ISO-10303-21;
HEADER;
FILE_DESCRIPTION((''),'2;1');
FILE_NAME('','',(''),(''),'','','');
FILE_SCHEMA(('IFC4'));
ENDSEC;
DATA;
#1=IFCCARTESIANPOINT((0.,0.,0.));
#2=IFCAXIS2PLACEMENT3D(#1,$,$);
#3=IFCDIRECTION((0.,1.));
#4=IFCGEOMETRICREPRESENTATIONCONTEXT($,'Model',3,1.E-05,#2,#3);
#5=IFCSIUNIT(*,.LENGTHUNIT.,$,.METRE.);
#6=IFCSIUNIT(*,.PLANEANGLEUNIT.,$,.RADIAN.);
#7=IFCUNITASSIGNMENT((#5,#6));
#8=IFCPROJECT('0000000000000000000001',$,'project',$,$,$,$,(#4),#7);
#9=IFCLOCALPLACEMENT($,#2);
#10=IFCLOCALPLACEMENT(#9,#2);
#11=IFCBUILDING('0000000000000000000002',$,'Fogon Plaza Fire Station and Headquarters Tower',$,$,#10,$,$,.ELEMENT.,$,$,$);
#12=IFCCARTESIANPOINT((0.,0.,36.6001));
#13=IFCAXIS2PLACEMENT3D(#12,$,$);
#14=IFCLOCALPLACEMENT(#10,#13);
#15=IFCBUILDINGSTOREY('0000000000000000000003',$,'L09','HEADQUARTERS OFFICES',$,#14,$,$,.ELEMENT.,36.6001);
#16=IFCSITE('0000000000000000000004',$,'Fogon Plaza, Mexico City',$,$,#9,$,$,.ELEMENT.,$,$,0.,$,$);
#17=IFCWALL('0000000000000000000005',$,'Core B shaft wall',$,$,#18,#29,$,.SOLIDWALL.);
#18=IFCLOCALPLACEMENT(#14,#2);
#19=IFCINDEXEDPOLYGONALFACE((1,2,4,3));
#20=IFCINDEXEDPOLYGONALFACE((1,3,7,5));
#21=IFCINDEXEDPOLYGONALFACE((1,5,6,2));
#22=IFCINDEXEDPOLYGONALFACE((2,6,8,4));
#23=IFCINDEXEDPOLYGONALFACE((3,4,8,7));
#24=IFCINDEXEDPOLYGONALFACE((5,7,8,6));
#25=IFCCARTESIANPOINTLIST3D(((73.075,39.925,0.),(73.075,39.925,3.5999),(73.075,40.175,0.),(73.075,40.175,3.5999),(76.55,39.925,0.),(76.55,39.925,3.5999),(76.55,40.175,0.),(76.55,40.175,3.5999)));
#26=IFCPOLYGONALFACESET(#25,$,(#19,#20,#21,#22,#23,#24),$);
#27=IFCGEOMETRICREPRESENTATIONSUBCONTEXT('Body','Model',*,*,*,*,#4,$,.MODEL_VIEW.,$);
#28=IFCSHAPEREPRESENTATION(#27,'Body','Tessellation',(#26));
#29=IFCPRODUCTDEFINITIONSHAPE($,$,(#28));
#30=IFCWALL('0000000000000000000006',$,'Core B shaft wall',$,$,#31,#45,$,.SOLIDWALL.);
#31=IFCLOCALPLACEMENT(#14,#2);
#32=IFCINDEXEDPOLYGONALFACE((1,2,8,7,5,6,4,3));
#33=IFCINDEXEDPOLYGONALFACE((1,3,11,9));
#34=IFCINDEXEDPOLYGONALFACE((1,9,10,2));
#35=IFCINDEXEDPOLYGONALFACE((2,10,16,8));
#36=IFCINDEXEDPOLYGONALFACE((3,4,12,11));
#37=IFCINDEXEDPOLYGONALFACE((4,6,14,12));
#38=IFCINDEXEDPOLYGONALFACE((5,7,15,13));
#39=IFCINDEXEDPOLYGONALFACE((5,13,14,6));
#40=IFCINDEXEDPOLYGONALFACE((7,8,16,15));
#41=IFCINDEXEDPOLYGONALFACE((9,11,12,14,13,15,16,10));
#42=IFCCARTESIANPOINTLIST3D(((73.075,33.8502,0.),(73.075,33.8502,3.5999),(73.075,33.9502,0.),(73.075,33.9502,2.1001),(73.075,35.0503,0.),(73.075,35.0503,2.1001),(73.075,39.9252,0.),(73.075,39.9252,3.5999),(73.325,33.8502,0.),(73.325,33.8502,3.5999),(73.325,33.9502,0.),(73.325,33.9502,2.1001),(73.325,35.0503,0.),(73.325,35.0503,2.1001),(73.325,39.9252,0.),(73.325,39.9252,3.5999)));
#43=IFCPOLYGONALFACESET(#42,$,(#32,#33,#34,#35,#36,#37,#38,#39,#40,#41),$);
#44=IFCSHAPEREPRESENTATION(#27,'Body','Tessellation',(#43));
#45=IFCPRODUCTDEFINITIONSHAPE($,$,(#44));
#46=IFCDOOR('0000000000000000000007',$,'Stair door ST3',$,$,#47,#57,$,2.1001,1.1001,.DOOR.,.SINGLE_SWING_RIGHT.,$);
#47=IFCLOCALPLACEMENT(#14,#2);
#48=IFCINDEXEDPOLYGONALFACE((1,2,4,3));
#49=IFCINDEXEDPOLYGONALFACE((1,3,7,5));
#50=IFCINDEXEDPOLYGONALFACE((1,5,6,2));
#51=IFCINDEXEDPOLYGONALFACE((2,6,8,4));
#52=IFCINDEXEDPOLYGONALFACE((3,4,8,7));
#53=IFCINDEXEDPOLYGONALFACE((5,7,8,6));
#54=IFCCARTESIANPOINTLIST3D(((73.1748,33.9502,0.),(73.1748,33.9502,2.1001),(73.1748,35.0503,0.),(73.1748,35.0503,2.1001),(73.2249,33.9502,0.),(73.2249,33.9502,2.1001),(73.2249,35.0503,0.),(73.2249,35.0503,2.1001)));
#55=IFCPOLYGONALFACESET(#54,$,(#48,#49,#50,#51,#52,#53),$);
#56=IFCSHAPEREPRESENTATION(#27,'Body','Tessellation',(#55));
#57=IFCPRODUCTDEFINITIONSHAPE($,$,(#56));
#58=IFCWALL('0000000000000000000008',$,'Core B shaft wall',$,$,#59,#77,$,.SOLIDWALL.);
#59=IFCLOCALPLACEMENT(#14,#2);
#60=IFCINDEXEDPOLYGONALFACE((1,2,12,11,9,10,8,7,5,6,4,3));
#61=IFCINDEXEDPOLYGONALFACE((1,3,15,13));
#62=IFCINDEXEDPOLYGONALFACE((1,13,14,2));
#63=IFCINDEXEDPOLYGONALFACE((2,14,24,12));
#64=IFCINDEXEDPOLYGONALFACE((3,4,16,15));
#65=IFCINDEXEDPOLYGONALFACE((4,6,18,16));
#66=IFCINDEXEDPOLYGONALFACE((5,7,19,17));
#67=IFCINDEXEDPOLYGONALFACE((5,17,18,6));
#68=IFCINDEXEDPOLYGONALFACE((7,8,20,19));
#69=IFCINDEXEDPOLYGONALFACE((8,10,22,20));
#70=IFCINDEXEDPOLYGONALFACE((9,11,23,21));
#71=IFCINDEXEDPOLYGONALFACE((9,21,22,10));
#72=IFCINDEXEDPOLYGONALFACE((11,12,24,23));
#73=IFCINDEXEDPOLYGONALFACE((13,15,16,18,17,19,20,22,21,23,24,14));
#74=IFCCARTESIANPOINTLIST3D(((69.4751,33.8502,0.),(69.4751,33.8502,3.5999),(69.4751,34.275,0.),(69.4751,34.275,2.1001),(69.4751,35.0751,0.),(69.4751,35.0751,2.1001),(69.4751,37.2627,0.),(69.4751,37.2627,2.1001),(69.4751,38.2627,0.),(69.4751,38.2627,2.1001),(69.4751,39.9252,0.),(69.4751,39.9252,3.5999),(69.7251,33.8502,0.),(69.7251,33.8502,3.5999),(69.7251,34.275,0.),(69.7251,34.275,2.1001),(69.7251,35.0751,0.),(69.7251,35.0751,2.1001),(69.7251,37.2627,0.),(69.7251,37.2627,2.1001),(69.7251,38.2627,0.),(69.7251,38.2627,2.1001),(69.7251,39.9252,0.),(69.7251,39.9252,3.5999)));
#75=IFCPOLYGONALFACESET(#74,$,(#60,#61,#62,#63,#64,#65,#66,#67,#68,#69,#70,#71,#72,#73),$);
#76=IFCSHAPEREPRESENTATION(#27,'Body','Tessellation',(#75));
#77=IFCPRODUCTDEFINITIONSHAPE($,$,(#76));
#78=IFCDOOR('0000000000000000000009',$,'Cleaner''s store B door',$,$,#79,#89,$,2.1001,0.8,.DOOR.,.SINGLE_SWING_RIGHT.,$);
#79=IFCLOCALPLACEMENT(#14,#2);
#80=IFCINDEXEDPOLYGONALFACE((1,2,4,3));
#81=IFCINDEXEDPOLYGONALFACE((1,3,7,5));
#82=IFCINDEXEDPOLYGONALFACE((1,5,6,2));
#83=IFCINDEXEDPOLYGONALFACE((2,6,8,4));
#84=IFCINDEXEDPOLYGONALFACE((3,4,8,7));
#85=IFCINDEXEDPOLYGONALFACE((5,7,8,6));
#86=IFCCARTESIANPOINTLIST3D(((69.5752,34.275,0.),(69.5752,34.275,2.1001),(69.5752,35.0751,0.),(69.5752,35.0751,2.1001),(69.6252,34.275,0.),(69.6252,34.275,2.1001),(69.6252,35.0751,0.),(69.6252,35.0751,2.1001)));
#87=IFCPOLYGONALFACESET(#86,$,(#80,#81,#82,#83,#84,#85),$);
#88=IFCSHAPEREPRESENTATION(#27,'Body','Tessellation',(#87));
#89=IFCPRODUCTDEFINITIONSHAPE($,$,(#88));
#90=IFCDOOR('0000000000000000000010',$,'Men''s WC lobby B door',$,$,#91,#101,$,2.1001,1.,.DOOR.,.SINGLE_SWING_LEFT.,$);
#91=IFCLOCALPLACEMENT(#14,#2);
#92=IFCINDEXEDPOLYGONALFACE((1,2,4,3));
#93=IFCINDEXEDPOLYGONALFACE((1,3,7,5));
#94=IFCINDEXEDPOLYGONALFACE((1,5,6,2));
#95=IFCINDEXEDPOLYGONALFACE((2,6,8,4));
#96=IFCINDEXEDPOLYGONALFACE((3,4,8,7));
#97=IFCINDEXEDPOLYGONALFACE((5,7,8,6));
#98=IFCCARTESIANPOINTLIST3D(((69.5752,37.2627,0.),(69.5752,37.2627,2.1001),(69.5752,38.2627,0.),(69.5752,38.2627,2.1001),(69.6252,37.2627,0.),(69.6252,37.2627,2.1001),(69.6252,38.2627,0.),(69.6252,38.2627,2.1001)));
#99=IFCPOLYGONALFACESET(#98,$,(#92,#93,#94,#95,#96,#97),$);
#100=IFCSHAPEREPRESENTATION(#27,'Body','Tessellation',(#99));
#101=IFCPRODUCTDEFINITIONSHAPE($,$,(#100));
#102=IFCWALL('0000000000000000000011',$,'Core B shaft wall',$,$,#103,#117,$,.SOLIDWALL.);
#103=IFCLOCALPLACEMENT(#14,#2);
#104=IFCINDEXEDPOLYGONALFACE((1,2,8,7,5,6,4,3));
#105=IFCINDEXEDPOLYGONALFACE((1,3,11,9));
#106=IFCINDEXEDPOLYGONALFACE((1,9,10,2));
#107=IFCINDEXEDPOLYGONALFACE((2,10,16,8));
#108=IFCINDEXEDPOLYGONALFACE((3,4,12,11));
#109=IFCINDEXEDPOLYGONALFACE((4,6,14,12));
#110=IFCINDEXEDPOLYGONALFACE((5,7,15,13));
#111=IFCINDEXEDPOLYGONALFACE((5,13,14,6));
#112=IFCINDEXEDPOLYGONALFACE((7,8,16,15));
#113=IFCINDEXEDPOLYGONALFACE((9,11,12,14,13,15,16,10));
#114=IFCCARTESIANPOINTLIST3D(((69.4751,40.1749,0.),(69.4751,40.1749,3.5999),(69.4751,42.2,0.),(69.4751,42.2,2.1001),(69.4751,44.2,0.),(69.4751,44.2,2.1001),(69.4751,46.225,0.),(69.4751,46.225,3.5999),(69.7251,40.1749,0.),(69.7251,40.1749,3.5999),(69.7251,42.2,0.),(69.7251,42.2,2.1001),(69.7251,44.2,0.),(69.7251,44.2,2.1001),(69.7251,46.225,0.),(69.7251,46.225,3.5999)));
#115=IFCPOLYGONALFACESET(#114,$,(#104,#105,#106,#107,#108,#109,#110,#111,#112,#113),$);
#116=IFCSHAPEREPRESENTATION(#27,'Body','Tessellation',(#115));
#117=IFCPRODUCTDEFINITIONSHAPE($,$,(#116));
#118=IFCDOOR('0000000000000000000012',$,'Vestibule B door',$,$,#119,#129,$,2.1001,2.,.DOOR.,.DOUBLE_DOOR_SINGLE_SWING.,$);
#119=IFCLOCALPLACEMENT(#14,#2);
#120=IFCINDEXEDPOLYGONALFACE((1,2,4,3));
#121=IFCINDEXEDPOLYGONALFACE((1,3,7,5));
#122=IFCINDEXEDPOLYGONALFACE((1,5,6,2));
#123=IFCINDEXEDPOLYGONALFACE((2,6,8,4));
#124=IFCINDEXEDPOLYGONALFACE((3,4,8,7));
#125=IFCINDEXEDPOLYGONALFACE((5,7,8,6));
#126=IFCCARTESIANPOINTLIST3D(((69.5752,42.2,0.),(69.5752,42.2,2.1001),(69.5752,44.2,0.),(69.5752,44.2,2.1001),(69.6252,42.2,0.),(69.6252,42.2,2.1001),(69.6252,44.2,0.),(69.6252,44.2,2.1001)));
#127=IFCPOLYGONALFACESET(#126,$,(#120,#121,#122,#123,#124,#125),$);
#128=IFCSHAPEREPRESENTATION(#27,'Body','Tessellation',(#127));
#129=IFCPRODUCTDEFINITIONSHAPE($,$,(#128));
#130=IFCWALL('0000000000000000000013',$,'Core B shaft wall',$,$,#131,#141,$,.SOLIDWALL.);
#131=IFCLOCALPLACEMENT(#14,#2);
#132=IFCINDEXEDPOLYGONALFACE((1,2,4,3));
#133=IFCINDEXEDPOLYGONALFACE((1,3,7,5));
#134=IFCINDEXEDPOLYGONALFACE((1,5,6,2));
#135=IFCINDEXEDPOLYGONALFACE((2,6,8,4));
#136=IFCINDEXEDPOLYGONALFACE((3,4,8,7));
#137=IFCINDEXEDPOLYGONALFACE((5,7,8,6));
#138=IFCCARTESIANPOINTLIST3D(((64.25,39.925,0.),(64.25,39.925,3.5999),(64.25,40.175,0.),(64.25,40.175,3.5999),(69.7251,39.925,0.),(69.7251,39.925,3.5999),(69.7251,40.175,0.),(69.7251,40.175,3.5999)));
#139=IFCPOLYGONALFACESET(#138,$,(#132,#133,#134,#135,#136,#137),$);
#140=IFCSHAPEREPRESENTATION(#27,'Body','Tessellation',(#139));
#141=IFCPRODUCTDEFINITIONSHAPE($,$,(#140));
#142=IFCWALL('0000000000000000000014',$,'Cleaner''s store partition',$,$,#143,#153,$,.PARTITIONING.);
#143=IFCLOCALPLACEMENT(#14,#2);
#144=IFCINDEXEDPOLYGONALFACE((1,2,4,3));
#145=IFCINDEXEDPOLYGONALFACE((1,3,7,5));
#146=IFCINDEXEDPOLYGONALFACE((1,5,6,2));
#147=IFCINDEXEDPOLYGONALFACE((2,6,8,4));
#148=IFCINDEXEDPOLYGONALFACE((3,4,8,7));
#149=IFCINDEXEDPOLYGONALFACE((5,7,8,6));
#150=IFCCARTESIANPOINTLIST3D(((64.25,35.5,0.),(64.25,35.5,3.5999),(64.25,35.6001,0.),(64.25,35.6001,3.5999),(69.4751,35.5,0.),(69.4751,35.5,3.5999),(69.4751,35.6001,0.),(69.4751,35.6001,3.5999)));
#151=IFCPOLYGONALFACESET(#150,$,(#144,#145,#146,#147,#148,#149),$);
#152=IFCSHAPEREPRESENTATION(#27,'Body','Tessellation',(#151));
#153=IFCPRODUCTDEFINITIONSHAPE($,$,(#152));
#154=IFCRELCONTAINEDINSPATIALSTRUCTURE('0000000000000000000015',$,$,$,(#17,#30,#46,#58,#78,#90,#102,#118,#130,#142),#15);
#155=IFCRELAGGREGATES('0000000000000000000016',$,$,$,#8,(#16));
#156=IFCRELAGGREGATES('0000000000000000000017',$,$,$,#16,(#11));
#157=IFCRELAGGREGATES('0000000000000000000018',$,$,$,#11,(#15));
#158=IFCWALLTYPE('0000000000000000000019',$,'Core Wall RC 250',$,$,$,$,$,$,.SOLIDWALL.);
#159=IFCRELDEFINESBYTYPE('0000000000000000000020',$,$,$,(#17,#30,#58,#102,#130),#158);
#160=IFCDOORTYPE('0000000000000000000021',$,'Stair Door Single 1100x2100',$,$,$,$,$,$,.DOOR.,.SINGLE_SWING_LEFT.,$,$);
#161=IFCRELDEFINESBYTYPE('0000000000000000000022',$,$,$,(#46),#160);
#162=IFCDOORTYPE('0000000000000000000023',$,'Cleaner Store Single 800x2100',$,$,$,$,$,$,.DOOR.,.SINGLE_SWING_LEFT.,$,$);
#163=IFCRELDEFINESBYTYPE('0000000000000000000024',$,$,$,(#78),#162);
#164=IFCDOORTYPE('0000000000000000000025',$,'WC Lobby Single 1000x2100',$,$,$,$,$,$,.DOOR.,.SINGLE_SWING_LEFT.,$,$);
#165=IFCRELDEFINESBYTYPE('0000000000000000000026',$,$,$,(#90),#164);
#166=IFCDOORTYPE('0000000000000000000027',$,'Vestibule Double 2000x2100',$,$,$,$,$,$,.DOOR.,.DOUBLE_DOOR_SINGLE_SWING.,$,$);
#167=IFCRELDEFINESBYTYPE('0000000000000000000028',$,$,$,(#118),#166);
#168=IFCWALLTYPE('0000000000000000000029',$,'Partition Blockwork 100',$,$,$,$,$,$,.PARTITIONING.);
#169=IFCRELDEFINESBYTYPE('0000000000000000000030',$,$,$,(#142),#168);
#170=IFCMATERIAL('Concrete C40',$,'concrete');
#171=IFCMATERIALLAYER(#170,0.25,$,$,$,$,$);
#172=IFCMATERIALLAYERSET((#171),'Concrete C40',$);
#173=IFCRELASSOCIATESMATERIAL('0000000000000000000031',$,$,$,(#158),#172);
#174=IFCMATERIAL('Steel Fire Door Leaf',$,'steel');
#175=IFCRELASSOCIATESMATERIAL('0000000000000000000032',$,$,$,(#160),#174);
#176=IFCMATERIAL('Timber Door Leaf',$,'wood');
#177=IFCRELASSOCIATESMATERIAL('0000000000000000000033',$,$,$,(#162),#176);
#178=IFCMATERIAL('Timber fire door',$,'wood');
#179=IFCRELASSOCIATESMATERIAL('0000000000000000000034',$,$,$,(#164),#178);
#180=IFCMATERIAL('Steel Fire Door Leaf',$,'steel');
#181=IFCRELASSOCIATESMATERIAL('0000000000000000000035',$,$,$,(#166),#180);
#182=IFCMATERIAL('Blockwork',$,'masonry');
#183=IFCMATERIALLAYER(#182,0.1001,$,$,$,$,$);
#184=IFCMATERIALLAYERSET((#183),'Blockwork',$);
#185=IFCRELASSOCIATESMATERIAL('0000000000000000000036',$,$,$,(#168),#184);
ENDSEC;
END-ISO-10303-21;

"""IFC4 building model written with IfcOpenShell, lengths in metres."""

from ifc_helpers import new_model, si_unit, direction, frame, frame_2d, origin, place, context, subcontext, project, spatial, rectangle, extrude, material, layer, layer_set, type_object, element, fill, save


model = new_model("IFC4")

# Units and contexts
model_context = context("Model", 3, precision=1e-05, world=origin(), true_north=direction((0.0, 1.0)))
body_context = subcontext(model_context, "Body", "Model", "MODEL_VIEW")
ifc_project = project(units=[si_unit("LENGTHUNIT", "METRE"), si_unit("PLANEANGLEUNIT", "RADIAN")], contexts=[model_context])

# Site, building, storey
site_placement = place(None, origin())
site = spatial("IfcSite", under=ifc_project, at=site_placement, Name="Fogon Plaza, Mexico City", CompositionType="ELEMENT", RefElevation=0.0)
building_placement = place(site_placement, origin())
building = spatial("IfcBuilding", under=site, at=building_placement, Name="Fogon Plaza Fire Station and Headquarters Tower", CompositionType="ELEMENT")
storey_placement = place(building_placement, frame((0.0, 0.0, 36.6001)))
storey = spatial("IfcBuildingStorey", under=building, at=storey_placement, Name="L09", Description="HEADQUARTERS OFFICES", CompositionType="ELEMENT", Elevation=36.6001)

# Wall
ifc_material_1 = material(Name="Concrete C40", Category="concrete")
ifc_layer_1 = layer(ifc_material_1, 0.25)
ifc_layer_set_1 = layer_set([ifc_layer_1], Name="Concrete C40")
wall_type_1 = type_object("IfcWallType", Name="Core Wall RC 250", PredefinedType="SOLIDWALL", material=ifc_layer_set_1)
wall_1_placement = place(storey_placement, frame((76.55, 40.05, 0.0), z_axis=(0.0, 0.0, 1.0), x_axis=(-1.0, 0.0, 0.0)))
element("IfcWall", 1, at=wall_1_placement, inside=storey, type_object=wall_type_1, Name="Core B shaft wall", PredefinedType="SOLIDWALL", context=body_context, shape_type="SweptSolid", body=[
    extrude(rectangle(XDim=3.4751, YDim=0.25, at=frame_2d((1.7375, 0.0))), origin(), (0.0, 0.0, 1.0), 3.5999),
])

# Wall, opening, door
wall_2_placement = place(storey_placement, frame((73.2, 33.8501, 0.0), z_axis=(0.0, 0.0, 1.0), x_axis=(0.0, 1.0, 0.0)))
wall_2 = element("IfcWall", 2, at=wall_2_placement, inside=storey, type_object=wall_type_1, Name="Core B shaft wall", PredefinedType="SOLIDWALL", context=body_context, shape_type="SweptSolid", body=[
    extrude(rectangle(XDim=6.075, YDim=0.25, at=frame_2d((3.0376, 0.0))), origin(), (0.0, 0.0, 1.0), 3.5999),
])
opening_1_placement = place(wall_2_placement, frame((0.1001, 0.0, 0.0)))
opening_1 = element("IfcOpeningElement", 3, at=opening_1_placement, cuts=wall_2, PredefinedType="OPENING", context=body_context, shape_type="SweptSolid", body=[
    extrude(rectangle(XDim=1.1001, YDim=2.1001, at=frame_2d((0.55, 1.05))), frame((0.0, 0.135, 0.0), z_axis=(0.0, -1.0, 0.0), x_axis=(1.0, 0.0, 0.0)), (0.0, 0.0, 1.0), 0.27),
])
ifc_material_2 = material(Name="Steel Fire Door Leaf", Category="steel")
door_type_1 = type_object("IfcDoorType", Name="Stair Door Single 1100x2100", OperationType="SINGLE_SWING_LEFT", PredefinedType="DOOR", material=ifc_material_2)
door_1_placement = place(opening_1_placement, frame((1.1001, 0.0, 0.0), z_axis=(0.0, 0.0, 1.0), x_axis=(-1.0, 0.0, 0.0)))
door_1 = element("IfcDoor", 4, at=door_1_placement, inside=storey, type_object=door_type_1, Name="Stair door ST3", OperationType="SINGLE_SWING_RIGHT", OverallHeight=2.1001, OverallWidth=1.1001, PredefinedType="DOOR", context=body_context, shape_type="SweptSolid", body=[
    extrude(rectangle(XDim=1.1001, YDim=2.1001, at=frame_2d((0.55, 1.05))), frame((0.0, 0.0249, 0.0), z_axis=(0.0, -1.0, 0.0), x_axis=(1.0, 0.0, 0.0)), (0.0, 0.0, 1.0), 0.05),
])
fill(opening_1, door_1)

# Wall, openings, doors
wall_3_placement = place(storey_placement, frame((69.6001, 33.8501, 0.0), z_axis=(0.0, 0.0, 1.0), x_axis=(0.0, 1.0, 0.0)))
wall_3 = element("IfcWall", 5, at=wall_3_placement, inside=storey, type_object=wall_type_1, Name="Core B shaft wall", PredefinedType="SOLIDWALL", context=body_context, shape_type="SweptSolid", body=[
    extrude(rectangle(XDim=6.075, YDim=0.25, at=frame_2d((3.0376, 0.0))), origin(), (0.0, 0.0, 1.0), 3.5999),
])
opening_2_placement = place(wall_3_placement, frame((0.425, 0.0, 0.0)))
opening_2 = element("IfcOpeningElement", 6, at=opening_2_placement, cuts=wall_3, PredefinedType="OPENING", context=body_context, shape_type="SweptSolid", body=[
    extrude(rectangle(XDim=0.8, YDim=2.1001, at=frame_2d((0.3999, 1.05))), frame((0.0, 0.135, 0.0), z_axis=(0.0, -1.0, 0.0), x_axis=(1.0, 0.0, 0.0)), (0.0, 0.0, 1.0), 0.27),
])
opening_3_placement = place(wall_3_placement, frame((3.4126, 0.0, 0.0)))
opening_3 = element("IfcOpeningElement", 7, at=opening_3_placement, cuts=wall_3, PredefinedType="OPENING", context=body_context, shape_type="SweptSolid", body=[
    extrude(rectangle(XDim=1.0, YDim=2.1001, at=frame_2d((0.5, 1.05))), frame((0.0, 0.135, 0.0), z_axis=(0.0, -1.0, 0.0), x_axis=(1.0, 0.0, 0.0)), (0.0, 0.0, 1.0), 0.27),
])
ifc_material_3 = material(Name="Timber Door Leaf", Category="wood")
door_type_2 = type_object("IfcDoorType", Name="Cleaner Store Single 800x2100", OperationType="SINGLE_SWING_LEFT", PredefinedType="DOOR", material=ifc_material_3)
door_2_placement = place(opening_2_placement, origin())
door_2 = element("IfcDoor", 8, at=door_2_placement, inside=storey, type_object=door_type_2, Name="Cleaner's store B door", OperationType="SINGLE_SWING_RIGHT", OverallHeight=2.1001, OverallWidth=0.8, PredefinedType="DOOR", context=body_context, shape_type="SweptSolid", body=[
    extrude(rectangle(XDim=0.8, YDim=2.1001, at=frame_2d((0.3999, 1.05))), frame((0.0, 0.0249, 0.0), z_axis=(0.0, -1.0, 0.0), x_axis=(1.0, 0.0, 0.0)), (0.0, 0.0, 1.0), 0.05),
])
fill(opening_2, door_2)
ifc_material_4 = material(Name="Timber fire door", Category="wood")
door_type_3 = type_object("IfcDoorType", Name="WC Lobby Single 1000x2100", OperationType="SINGLE_SWING_LEFT", PredefinedType="DOOR", material=ifc_material_4)
door_3_placement = place(opening_3_placement, origin())
door_3 = element("IfcDoor", 9, at=door_3_placement, inside=storey, type_object=door_type_3, Name="Men's WC lobby B door", OperationType="SINGLE_SWING_LEFT", OverallHeight=2.1001, OverallWidth=1.0, PredefinedType="DOOR", context=body_context, shape_type="SweptSolid", body=[
    extrude(rectangle(XDim=1.0, YDim=2.1001, at=frame_2d((0.5, 1.05))), frame((0.0, 0.0249, 0.0), z_axis=(0.0, -1.0, 0.0), x_axis=(1.0, 0.0, 0.0)), (0.0, 0.0, 1.0), 0.05),
])
fill(opening_3, door_3)

# Wall, opening, door
wall_4_placement = place(storey_placement, frame((69.6001, 40.175, 0.0), z_axis=(0.0, 0.0, 1.0), x_axis=(0.0, 1.0, 0.0)))
wall_4 = element("IfcWall", 10, at=wall_4_placement, inside=storey, type_object=wall_type_1, Name="Core B shaft wall", PredefinedType="SOLIDWALL", context=body_context, shape_type="SweptSolid", body=[
    extrude(rectangle(XDim=6.05, YDim=0.25, at=frame_2d((3.0249, 0.0))), origin(), (0.0, 0.0, 1.0), 3.5999),
])
opening_4_placement = place(wall_4_placement, frame((2.0249, 0.0, 0.0)))
opening_4 = element("IfcOpeningElement", 11, at=opening_4_placement, cuts=wall_4, PredefinedType="OPENING", context=body_context, shape_type="SweptSolid", body=[
    extrude(rectangle(XDim=2.0, YDim=2.1001, at=frame_2d((1.0, 1.05))), frame((0.0, 0.135, 0.0), z_axis=(0.0, -1.0, 0.0), x_axis=(1.0, 0.0, 0.0)), (0.0, 0.0, 1.0), 0.27),
])
ifc_material_5 = material(Name="Steel Fire Door Leaf", Category="steel")
door_type_4 = type_object("IfcDoorType", Name="Vestibule Double 2000x2100", OperationType="DOUBLE_DOOR_SINGLE_SWING", PredefinedType="DOOR", material=ifc_material_5)
door_4_placement = place(opening_4_placement, origin())
door_4 = element("IfcDoor", 12, at=door_4_placement, inside=storey, type_object=door_type_4, Name="Vestibule B door", OperationType="DOUBLE_DOOR_SINGLE_SWING", OverallHeight=2.1001, OverallWidth=2.0, PredefinedType="DOOR", context=body_context, shape_type="SweptSolid", body=[
    extrude(rectangle(XDim=2.0, YDim=2.1001, at=frame_2d((1.0, 1.05))), frame((0.0, 0.0249, 0.0), z_axis=(0.0, -1.0, 0.0), x_axis=(1.0, 0.0, 0.0)), (0.0, 0.0, 1.0), 0.05),
])
fill(opening_4, door_4)

# Walls
wall_5_placement = place(storey_placement, frame((69.7251, 40.05, 0.0), z_axis=(0.0, 0.0, 1.0), x_axis=(-1.0, 0.0, 0.0)))
element("IfcWall", 13, at=wall_5_placement, inside=storey, type_object=wall_type_1, Name="Core B shaft wall", PredefinedType="SOLIDWALL", context=body_context, shape_type="SweptSolid", body=[
    extrude(rectangle(XDim=5.4751, YDim=0.25, at=frame_2d((2.7375, 0.0))), origin(), (0.0, 0.0, 1.0), 3.5999),
])
ifc_material_6 = material(Name="Blockwork", Category="masonry")
ifc_layer_2 = layer(ifc_material_6, 0.1001)
ifc_layer_set_2 = layer_set([ifc_layer_2], Name="Blockwork")
wall_type_2 = type_object("IfcWallType", Name="Partition Blockwork 100", PredefinedType="PARTITIONING", material=ifc_layer_set_2)
wall_6_placement = place(storey_placement, frame((69.4751, 35.55, 0.0), z_axis=(0.0, 0.0, 1.0), x_axis=(-1.0, 0.0, 0.0)))
element("IfcWall", 14, at=wall_6_placement, inside=storey, type_object=wall_type_2, Name="Cleaner's store partition", PredefinedType="PARTITIONING", context=body_context, shape_type="SweptSolid", body=[
    extrude(rectangle(XDim=5.2251, YDim=0.1001, at=frame_2d((2.6125, 0.0))), origin(), (0.0, 0.0, 1.0), 3.5999),
])

save(model, "model.ifc")
